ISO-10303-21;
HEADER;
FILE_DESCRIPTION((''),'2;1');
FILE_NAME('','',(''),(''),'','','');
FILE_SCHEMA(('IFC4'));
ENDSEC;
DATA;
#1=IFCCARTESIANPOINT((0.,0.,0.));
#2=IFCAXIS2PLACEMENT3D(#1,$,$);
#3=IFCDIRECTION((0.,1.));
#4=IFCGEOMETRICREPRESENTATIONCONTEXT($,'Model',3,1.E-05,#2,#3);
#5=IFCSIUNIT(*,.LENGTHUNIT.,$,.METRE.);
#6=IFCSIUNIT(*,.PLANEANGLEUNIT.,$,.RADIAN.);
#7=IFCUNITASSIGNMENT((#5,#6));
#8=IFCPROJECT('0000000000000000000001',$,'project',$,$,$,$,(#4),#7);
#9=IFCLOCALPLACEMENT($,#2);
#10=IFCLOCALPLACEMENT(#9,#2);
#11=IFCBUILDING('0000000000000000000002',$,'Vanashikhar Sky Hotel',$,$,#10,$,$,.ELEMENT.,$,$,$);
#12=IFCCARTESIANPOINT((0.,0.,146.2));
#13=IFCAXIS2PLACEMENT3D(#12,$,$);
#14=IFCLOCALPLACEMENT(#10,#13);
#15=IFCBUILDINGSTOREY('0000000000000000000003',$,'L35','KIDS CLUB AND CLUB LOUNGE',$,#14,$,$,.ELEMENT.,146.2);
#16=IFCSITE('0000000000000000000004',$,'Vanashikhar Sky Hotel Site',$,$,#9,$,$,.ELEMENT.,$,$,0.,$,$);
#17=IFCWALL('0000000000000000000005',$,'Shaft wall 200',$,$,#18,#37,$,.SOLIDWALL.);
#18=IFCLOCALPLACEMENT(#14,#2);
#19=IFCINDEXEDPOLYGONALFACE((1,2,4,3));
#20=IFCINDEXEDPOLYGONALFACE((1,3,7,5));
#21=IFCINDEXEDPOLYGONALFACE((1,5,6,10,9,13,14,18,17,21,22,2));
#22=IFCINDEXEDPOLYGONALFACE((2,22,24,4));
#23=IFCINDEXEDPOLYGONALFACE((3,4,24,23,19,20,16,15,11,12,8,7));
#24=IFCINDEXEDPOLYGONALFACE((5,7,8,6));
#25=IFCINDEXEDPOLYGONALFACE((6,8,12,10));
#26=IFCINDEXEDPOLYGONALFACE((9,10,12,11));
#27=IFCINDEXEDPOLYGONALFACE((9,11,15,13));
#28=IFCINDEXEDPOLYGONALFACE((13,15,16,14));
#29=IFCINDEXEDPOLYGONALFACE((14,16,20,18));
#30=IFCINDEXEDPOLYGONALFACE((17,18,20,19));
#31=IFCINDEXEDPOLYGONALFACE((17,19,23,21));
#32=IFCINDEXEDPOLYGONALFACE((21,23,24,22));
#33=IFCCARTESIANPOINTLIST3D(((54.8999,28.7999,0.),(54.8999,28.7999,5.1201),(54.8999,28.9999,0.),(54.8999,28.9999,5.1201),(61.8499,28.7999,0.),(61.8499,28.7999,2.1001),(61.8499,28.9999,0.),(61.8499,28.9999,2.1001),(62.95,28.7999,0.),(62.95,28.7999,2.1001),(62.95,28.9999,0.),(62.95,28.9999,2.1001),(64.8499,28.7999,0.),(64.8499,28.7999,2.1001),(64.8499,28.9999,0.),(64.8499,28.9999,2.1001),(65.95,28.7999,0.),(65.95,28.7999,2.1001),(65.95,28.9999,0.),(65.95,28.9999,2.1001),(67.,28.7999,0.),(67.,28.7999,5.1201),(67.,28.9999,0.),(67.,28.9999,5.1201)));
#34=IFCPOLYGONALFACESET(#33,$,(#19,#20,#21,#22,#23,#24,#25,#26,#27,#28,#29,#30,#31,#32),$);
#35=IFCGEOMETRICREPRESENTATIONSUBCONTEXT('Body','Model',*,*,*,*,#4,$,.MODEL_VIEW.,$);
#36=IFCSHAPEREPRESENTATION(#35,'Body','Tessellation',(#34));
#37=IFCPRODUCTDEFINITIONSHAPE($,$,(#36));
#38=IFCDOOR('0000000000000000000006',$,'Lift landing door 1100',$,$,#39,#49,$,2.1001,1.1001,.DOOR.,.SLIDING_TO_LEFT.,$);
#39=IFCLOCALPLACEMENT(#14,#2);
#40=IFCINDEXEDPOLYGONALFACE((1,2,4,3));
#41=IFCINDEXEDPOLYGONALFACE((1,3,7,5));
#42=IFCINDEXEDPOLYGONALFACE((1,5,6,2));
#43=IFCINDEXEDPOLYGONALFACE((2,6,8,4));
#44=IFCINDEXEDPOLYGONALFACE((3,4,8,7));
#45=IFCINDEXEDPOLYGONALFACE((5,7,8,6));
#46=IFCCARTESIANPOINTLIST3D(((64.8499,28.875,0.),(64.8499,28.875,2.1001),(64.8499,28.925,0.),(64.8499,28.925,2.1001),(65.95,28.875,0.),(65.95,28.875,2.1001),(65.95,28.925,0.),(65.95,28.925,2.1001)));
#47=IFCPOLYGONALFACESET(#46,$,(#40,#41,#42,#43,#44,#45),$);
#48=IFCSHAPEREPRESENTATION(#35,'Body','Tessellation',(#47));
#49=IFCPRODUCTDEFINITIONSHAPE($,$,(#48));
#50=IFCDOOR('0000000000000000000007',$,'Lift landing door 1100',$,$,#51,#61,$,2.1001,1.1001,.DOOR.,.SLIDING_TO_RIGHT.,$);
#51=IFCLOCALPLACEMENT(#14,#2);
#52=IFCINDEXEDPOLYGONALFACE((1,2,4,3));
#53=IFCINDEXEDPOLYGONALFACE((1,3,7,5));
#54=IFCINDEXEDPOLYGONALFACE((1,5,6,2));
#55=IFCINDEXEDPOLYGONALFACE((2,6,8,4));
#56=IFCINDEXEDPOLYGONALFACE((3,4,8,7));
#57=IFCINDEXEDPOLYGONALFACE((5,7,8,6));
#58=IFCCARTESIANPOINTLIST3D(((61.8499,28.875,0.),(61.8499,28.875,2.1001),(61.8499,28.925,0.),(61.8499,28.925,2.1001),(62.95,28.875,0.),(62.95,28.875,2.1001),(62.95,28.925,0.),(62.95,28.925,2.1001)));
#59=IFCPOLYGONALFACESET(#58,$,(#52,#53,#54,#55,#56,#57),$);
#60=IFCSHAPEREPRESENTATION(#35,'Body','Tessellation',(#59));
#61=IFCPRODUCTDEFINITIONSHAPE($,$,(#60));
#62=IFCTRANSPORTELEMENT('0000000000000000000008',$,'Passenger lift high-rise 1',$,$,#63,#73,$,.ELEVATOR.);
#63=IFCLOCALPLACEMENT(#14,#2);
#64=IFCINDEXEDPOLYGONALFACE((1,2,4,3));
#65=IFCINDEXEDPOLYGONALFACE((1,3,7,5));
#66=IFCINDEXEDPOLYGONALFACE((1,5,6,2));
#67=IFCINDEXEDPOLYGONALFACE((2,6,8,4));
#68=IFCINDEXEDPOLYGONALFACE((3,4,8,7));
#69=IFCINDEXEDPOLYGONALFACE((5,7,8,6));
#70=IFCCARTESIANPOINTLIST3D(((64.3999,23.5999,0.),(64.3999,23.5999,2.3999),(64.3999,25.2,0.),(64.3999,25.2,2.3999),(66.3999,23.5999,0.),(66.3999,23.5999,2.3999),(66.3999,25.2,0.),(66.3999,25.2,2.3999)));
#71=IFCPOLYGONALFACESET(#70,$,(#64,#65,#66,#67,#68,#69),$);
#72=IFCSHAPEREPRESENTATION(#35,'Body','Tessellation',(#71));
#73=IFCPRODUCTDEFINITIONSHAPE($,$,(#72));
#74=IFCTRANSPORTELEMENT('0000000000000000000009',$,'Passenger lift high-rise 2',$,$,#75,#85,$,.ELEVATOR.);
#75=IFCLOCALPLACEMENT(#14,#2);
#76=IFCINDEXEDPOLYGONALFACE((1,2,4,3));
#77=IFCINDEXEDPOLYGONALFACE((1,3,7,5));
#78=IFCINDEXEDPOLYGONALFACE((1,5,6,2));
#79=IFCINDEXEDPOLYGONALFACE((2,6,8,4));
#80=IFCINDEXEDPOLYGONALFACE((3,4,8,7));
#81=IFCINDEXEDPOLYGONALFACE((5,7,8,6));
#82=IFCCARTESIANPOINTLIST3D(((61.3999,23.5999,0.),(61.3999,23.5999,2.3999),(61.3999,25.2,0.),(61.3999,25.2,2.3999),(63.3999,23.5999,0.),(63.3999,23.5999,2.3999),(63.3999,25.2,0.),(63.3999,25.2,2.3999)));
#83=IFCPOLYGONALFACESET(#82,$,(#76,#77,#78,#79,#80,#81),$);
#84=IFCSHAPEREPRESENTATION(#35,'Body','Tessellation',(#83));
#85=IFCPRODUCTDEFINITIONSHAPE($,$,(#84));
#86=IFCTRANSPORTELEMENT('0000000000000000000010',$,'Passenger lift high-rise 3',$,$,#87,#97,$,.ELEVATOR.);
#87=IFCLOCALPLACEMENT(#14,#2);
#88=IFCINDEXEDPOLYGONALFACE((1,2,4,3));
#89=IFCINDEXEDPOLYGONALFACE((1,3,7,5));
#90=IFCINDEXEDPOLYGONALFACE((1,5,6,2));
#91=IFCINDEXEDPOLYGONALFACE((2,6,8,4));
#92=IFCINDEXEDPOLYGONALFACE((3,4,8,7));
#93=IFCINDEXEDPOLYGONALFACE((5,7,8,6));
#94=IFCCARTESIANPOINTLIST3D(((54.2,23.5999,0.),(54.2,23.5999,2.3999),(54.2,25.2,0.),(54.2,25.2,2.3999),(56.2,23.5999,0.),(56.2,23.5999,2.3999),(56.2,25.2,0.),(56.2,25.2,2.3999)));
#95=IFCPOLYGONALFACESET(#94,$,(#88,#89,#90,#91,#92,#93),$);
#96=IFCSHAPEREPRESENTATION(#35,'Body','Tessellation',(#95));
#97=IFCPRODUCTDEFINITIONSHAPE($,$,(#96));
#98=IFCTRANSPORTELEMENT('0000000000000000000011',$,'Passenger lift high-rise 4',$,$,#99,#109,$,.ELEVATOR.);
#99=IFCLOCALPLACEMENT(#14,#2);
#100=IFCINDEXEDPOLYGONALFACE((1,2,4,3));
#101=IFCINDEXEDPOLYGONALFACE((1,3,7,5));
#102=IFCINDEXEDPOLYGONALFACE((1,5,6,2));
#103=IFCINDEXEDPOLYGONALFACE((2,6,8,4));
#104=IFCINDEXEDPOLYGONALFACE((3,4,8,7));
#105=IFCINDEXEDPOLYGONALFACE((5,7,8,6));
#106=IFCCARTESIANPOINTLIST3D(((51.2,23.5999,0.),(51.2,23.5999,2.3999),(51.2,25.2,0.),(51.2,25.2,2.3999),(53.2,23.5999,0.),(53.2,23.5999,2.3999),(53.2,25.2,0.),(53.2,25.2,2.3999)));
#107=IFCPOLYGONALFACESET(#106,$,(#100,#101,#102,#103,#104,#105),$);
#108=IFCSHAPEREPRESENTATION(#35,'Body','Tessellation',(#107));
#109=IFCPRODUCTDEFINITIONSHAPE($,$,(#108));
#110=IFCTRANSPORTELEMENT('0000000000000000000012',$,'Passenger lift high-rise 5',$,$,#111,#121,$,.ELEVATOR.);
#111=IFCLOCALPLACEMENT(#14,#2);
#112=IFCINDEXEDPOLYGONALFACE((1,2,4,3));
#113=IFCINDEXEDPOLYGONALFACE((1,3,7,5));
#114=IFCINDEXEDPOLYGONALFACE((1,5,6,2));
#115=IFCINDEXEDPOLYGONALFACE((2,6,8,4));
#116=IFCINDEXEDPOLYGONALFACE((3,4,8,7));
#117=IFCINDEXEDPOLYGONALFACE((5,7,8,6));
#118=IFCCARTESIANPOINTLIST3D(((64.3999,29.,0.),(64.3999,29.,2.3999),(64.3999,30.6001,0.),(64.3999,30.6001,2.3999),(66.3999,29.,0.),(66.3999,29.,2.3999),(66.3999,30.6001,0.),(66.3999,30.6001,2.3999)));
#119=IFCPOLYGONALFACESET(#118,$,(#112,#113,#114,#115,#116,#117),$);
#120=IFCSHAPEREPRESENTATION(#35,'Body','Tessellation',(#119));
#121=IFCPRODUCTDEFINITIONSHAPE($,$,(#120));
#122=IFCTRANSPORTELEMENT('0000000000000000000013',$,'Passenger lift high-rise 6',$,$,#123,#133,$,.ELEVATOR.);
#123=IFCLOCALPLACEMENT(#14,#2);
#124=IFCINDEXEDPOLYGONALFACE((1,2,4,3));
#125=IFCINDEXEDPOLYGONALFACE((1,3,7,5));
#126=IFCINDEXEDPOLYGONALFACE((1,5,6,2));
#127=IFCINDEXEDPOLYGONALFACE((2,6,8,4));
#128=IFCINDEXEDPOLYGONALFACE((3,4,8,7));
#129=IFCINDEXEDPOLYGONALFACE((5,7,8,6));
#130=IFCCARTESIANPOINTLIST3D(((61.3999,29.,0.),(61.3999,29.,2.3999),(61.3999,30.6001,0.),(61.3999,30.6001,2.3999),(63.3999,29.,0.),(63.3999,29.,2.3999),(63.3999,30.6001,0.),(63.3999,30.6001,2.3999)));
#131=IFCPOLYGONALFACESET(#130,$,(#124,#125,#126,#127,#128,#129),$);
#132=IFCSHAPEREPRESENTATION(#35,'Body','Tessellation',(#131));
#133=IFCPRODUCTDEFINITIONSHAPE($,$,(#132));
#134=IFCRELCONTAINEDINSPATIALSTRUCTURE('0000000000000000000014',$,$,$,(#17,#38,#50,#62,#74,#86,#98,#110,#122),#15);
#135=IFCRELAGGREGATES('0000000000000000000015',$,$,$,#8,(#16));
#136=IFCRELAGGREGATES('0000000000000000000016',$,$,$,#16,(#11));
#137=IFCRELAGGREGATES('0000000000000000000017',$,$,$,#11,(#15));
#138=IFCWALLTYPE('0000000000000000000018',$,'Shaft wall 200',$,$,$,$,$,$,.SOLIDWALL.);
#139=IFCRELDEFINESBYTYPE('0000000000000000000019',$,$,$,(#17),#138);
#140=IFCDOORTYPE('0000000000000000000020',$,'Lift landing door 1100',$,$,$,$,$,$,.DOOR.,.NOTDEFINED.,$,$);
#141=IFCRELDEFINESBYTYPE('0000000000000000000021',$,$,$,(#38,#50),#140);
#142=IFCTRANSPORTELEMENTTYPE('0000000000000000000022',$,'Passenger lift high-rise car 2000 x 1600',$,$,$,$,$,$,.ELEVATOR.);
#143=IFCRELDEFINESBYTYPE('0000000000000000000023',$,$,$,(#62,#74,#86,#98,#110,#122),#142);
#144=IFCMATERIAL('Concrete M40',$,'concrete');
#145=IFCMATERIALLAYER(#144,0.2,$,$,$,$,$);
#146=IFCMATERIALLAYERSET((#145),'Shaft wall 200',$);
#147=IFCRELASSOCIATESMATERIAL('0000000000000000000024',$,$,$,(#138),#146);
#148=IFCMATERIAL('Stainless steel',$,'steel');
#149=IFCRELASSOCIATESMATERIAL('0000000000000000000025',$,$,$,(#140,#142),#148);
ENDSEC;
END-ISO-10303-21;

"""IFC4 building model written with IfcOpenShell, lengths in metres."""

from ifc_helpers import new_model, si_unit, direction, frame, frame_2d, origin, origin_2d, place, context, subcontext, project, spatial, rectangle, extrude, source, transform, mapped, material, layer, layer_set, type_object, element, fill, save


model = new_model("IFC4")

# Units and contexts
model_context = context("Model", 3, precision=1e-05, world=origin(), true_north=direction((0.0, 1.0)))
body_context = subcontext(model_context, "Body", "Model", "MODEL_VIEW")
ifc_project = project(units=[si_unit("LENGTHUNIT", "METRE"), si_unit("PLANEANGLEUNIT", "RADIAN")], contexts=[model_context])

# Site, building, storey
site_placement = place(None, origin())
site = spatial("IfcSite", under=ifc_project, at=site_placement, Name="Vanashikhar Sky Hotel Site", CompositionType="ELEMENT", RefElevation=0.0)
building_placement = place(site_placement, origin())
building = spatial("IfcBuilding", under=site, at=building_placement, Name="Vanashikhar Sky Hotel", CompositionType="ELEMENT")
storey_placement = place(building_placement, frame((0.0, 0.0, 146.2)))
storey = spatial("IfcBuildingStorey", under=building, at=storey_placement, Name="L35", Description="KIDS CLUB AND CLUB LOUNGE", CompositionType="ELEMENT", Elevation=146.2)

# Shared definitions
shared_shape_1 = source(origin(), body_context, "Body", "SweptSolid", [
    extrude(rectangle(XDim=1.1001, YDim=2.1001, at=frame_2d((0.55, 1.05))), frame((0.0, 0.0249, 0.0), z_axis=(0.0, -1.0, 0.0), x_axis=(1.0, 0.0, 0.0)), (0.0, 0.0, 1.0), 0.05),
])

# Shared definitions
ifc_material_1 = material(Name="Concrete M40", Category="concrete")
ifc_layer_1 = layer(ifc_material_1, 0.2)
ifc_layer_set_1 = layer_set([ifc_layer_1], Name="Shaft wall 200")
wall_type_1 = type_object("IfcWallType", Name="Shaft wall 200", PredefinedType="SOLIDWALL", material=ifc_layer_set_1)
shared_shape_2 = source(origin(), body_context, "Body", "SweptSolid", [
    extrude(rectangle(XDim=1.1001, YDim=2.1001, at=frame_2d((0.55, 1.05))), frame((0.0, 0.1099, 0.0), z_axis=(0.0, -1.0, 0.0), x_axis=(1.0, 0.0, 0.0)), (0.0, 0.0, 1.0), 0.22),
])
ifc_material_2 = material(Name="Stainless steel", Category="steel")
door_type_1 = type_object("IfcDoorType", Name="Lift landing door 1100", OperationType="NOTDEFINED", PredefinedType="DOOR", material=ifc_material_2)

# Wall, openings, doors
shared_shape_3 = source(origin(), body_context, "Body", "SweptSolid", [
    extrude(rectangle(XDim=12.1001, YDim=0.2, at=frame_2d((6.05, 0.0))), origin(), (0.0, 0.0, 1.0), 5.1201),
])
wall_1_placement = place(storey_placement, frame((67.0, 28.8999, 0.0), z_axis=(0.0, 0.0, 1.0), x_axis=(-1.0, 0.0, 0.0)))
wall_1 = element("IfcWall", 1, at=wall_1_placement, inside=storey, type_object=wall_type_1, Name="Shaft wall 200", PredefinedType="SOLIDWALL", context=body_context, shape_type="MappedRepresentation", body=[
    mapped(shared_shape_3, transform((0.0, 0.0, 0.0), scale=1.0)),
])
opening_1_placement = place(wall_1_placement, frame((1.05, 0.0, 0.0)))
opening_1 = element("IfcOpeningElement", 2, at=opening_1_placement, cuts=wall_1, PredefinedType="OPENING", context=body_context, shape_type="MappedRepresentation", body=[
    mapped(shared_shape_2, transform((0.0, 0.0, 0.0), scale=1.0)),
])
opening_2_placement = place(wall_1_placement, frame((4.05, 0.0, 0.0)))
opening_2 = element("IfcOpeningElement", 3, at=opening_2_placement, cuts=wall_1, PredefinedType="OPENING", context=body_context, shape_type="MappedRepresentation", body=[
    mapped(shared_shape_2, transform((0.0, 0.0, 0.0), scale=1.0)),
])
door_1_placement = place(opening_1_placement, origin())
door_1 = element("IfcDoor", 4, at=door_1_placement, inside=storey, type_object=door_type_1, Name="Lift landing door 1100", OperationType="SLIDING_TO_LEFT", OverallHeight=2.1001, OverallWidth=1.1001, PredefinedType="DOOR", context=body_context, shape_type="MappedRepresentation", body=[
    mapped(shared_shape_1, transform((0.0, 0.0, 0.0), scale=1.0)),
])
fill(opening_1, door_1)
door_2_placement = place(opening_2_placement, origin())
door_2 = element("IfcDoor", 5, at=door_2_placement, inside=storey, type_object=door_type_1, Name="Lift landing door 1100", OperationType="SLIDING_TO_RIGHT", OverallHeight=2.1001, OverallWidth=1.1001, PredefinedType="DOOR", context=body_context, shape_type="MappedRepresentation", body=[
    mapped(shared_shape_1, transform((0.0, 0.0, 0.0), scale=1.0)),
])
fill(opening_2, door_2)

# Transport elements
transport_element_type = type_object("IfcTransportElementType", Name="Passenger lift high-rise car 2000 x 1600", PredefinedType="ELEVATOR", material=ifc_material_2)
shared_shape_4 = source(origin(), body_context, "Body", "SweptSolid", [
    extrude(rectangle(XDim=2.0, YDim=1.6001, at=origin_2d()), origin(), (0.0, 0.0, 1.0), 2.3999),
])
for number, where, z_axis, x_axis, name in (
    (6, (65.3999, 24.3999, 0.0), (0.0, 0.0, 1.0), (1.0, 0.0, 0.0), "Passenger lift high-rise 1"),
    (7, (62.3999, 24.3999, 0.0), (0.0, 0.0, 1.0), (1.0, 0.0, 0.0), "Passenger lift high-rise 2"),
    (8, (55.2, 24.3999, 0.0), (0.0, 0.0, 1.0), (1.0, 0.0, 0.0), "Passenger lift high-rise 3"),
    (9, (52.2, 24.3999, 0.0), (0.0, 0.0, 1.0), (1.0, 0.0, 0.0), "Passenger lift high-rise 4"),
    (10, (65.3999, 29.8, 0.0), (0.0, 0.0, 1.0), (1.0, 0.0, 0.0), "Passenger lift high-rise 5"),
    (11, (62.3999, 29.8, 0.0), (0.0, 0.0, 1.0), (1.0, 0.0, 0.0), "Passenger lift high-rise 6"),
):
    element("IfcTransportElement", number, at=place(storey_placement, frame(where, z_axis=z_axis, x_axis=x_axis)), inside=storey, type_object=transport_element_type, Name=name, PredefinedType="ELEVATOR", context=body_context, shape_type="MappedRepresentation", body=[
        mapped(shared_shape_4, transform((0.0, 0.0, 0.0), scale=1.0)),
    ])

save(model, "model.ifc")
